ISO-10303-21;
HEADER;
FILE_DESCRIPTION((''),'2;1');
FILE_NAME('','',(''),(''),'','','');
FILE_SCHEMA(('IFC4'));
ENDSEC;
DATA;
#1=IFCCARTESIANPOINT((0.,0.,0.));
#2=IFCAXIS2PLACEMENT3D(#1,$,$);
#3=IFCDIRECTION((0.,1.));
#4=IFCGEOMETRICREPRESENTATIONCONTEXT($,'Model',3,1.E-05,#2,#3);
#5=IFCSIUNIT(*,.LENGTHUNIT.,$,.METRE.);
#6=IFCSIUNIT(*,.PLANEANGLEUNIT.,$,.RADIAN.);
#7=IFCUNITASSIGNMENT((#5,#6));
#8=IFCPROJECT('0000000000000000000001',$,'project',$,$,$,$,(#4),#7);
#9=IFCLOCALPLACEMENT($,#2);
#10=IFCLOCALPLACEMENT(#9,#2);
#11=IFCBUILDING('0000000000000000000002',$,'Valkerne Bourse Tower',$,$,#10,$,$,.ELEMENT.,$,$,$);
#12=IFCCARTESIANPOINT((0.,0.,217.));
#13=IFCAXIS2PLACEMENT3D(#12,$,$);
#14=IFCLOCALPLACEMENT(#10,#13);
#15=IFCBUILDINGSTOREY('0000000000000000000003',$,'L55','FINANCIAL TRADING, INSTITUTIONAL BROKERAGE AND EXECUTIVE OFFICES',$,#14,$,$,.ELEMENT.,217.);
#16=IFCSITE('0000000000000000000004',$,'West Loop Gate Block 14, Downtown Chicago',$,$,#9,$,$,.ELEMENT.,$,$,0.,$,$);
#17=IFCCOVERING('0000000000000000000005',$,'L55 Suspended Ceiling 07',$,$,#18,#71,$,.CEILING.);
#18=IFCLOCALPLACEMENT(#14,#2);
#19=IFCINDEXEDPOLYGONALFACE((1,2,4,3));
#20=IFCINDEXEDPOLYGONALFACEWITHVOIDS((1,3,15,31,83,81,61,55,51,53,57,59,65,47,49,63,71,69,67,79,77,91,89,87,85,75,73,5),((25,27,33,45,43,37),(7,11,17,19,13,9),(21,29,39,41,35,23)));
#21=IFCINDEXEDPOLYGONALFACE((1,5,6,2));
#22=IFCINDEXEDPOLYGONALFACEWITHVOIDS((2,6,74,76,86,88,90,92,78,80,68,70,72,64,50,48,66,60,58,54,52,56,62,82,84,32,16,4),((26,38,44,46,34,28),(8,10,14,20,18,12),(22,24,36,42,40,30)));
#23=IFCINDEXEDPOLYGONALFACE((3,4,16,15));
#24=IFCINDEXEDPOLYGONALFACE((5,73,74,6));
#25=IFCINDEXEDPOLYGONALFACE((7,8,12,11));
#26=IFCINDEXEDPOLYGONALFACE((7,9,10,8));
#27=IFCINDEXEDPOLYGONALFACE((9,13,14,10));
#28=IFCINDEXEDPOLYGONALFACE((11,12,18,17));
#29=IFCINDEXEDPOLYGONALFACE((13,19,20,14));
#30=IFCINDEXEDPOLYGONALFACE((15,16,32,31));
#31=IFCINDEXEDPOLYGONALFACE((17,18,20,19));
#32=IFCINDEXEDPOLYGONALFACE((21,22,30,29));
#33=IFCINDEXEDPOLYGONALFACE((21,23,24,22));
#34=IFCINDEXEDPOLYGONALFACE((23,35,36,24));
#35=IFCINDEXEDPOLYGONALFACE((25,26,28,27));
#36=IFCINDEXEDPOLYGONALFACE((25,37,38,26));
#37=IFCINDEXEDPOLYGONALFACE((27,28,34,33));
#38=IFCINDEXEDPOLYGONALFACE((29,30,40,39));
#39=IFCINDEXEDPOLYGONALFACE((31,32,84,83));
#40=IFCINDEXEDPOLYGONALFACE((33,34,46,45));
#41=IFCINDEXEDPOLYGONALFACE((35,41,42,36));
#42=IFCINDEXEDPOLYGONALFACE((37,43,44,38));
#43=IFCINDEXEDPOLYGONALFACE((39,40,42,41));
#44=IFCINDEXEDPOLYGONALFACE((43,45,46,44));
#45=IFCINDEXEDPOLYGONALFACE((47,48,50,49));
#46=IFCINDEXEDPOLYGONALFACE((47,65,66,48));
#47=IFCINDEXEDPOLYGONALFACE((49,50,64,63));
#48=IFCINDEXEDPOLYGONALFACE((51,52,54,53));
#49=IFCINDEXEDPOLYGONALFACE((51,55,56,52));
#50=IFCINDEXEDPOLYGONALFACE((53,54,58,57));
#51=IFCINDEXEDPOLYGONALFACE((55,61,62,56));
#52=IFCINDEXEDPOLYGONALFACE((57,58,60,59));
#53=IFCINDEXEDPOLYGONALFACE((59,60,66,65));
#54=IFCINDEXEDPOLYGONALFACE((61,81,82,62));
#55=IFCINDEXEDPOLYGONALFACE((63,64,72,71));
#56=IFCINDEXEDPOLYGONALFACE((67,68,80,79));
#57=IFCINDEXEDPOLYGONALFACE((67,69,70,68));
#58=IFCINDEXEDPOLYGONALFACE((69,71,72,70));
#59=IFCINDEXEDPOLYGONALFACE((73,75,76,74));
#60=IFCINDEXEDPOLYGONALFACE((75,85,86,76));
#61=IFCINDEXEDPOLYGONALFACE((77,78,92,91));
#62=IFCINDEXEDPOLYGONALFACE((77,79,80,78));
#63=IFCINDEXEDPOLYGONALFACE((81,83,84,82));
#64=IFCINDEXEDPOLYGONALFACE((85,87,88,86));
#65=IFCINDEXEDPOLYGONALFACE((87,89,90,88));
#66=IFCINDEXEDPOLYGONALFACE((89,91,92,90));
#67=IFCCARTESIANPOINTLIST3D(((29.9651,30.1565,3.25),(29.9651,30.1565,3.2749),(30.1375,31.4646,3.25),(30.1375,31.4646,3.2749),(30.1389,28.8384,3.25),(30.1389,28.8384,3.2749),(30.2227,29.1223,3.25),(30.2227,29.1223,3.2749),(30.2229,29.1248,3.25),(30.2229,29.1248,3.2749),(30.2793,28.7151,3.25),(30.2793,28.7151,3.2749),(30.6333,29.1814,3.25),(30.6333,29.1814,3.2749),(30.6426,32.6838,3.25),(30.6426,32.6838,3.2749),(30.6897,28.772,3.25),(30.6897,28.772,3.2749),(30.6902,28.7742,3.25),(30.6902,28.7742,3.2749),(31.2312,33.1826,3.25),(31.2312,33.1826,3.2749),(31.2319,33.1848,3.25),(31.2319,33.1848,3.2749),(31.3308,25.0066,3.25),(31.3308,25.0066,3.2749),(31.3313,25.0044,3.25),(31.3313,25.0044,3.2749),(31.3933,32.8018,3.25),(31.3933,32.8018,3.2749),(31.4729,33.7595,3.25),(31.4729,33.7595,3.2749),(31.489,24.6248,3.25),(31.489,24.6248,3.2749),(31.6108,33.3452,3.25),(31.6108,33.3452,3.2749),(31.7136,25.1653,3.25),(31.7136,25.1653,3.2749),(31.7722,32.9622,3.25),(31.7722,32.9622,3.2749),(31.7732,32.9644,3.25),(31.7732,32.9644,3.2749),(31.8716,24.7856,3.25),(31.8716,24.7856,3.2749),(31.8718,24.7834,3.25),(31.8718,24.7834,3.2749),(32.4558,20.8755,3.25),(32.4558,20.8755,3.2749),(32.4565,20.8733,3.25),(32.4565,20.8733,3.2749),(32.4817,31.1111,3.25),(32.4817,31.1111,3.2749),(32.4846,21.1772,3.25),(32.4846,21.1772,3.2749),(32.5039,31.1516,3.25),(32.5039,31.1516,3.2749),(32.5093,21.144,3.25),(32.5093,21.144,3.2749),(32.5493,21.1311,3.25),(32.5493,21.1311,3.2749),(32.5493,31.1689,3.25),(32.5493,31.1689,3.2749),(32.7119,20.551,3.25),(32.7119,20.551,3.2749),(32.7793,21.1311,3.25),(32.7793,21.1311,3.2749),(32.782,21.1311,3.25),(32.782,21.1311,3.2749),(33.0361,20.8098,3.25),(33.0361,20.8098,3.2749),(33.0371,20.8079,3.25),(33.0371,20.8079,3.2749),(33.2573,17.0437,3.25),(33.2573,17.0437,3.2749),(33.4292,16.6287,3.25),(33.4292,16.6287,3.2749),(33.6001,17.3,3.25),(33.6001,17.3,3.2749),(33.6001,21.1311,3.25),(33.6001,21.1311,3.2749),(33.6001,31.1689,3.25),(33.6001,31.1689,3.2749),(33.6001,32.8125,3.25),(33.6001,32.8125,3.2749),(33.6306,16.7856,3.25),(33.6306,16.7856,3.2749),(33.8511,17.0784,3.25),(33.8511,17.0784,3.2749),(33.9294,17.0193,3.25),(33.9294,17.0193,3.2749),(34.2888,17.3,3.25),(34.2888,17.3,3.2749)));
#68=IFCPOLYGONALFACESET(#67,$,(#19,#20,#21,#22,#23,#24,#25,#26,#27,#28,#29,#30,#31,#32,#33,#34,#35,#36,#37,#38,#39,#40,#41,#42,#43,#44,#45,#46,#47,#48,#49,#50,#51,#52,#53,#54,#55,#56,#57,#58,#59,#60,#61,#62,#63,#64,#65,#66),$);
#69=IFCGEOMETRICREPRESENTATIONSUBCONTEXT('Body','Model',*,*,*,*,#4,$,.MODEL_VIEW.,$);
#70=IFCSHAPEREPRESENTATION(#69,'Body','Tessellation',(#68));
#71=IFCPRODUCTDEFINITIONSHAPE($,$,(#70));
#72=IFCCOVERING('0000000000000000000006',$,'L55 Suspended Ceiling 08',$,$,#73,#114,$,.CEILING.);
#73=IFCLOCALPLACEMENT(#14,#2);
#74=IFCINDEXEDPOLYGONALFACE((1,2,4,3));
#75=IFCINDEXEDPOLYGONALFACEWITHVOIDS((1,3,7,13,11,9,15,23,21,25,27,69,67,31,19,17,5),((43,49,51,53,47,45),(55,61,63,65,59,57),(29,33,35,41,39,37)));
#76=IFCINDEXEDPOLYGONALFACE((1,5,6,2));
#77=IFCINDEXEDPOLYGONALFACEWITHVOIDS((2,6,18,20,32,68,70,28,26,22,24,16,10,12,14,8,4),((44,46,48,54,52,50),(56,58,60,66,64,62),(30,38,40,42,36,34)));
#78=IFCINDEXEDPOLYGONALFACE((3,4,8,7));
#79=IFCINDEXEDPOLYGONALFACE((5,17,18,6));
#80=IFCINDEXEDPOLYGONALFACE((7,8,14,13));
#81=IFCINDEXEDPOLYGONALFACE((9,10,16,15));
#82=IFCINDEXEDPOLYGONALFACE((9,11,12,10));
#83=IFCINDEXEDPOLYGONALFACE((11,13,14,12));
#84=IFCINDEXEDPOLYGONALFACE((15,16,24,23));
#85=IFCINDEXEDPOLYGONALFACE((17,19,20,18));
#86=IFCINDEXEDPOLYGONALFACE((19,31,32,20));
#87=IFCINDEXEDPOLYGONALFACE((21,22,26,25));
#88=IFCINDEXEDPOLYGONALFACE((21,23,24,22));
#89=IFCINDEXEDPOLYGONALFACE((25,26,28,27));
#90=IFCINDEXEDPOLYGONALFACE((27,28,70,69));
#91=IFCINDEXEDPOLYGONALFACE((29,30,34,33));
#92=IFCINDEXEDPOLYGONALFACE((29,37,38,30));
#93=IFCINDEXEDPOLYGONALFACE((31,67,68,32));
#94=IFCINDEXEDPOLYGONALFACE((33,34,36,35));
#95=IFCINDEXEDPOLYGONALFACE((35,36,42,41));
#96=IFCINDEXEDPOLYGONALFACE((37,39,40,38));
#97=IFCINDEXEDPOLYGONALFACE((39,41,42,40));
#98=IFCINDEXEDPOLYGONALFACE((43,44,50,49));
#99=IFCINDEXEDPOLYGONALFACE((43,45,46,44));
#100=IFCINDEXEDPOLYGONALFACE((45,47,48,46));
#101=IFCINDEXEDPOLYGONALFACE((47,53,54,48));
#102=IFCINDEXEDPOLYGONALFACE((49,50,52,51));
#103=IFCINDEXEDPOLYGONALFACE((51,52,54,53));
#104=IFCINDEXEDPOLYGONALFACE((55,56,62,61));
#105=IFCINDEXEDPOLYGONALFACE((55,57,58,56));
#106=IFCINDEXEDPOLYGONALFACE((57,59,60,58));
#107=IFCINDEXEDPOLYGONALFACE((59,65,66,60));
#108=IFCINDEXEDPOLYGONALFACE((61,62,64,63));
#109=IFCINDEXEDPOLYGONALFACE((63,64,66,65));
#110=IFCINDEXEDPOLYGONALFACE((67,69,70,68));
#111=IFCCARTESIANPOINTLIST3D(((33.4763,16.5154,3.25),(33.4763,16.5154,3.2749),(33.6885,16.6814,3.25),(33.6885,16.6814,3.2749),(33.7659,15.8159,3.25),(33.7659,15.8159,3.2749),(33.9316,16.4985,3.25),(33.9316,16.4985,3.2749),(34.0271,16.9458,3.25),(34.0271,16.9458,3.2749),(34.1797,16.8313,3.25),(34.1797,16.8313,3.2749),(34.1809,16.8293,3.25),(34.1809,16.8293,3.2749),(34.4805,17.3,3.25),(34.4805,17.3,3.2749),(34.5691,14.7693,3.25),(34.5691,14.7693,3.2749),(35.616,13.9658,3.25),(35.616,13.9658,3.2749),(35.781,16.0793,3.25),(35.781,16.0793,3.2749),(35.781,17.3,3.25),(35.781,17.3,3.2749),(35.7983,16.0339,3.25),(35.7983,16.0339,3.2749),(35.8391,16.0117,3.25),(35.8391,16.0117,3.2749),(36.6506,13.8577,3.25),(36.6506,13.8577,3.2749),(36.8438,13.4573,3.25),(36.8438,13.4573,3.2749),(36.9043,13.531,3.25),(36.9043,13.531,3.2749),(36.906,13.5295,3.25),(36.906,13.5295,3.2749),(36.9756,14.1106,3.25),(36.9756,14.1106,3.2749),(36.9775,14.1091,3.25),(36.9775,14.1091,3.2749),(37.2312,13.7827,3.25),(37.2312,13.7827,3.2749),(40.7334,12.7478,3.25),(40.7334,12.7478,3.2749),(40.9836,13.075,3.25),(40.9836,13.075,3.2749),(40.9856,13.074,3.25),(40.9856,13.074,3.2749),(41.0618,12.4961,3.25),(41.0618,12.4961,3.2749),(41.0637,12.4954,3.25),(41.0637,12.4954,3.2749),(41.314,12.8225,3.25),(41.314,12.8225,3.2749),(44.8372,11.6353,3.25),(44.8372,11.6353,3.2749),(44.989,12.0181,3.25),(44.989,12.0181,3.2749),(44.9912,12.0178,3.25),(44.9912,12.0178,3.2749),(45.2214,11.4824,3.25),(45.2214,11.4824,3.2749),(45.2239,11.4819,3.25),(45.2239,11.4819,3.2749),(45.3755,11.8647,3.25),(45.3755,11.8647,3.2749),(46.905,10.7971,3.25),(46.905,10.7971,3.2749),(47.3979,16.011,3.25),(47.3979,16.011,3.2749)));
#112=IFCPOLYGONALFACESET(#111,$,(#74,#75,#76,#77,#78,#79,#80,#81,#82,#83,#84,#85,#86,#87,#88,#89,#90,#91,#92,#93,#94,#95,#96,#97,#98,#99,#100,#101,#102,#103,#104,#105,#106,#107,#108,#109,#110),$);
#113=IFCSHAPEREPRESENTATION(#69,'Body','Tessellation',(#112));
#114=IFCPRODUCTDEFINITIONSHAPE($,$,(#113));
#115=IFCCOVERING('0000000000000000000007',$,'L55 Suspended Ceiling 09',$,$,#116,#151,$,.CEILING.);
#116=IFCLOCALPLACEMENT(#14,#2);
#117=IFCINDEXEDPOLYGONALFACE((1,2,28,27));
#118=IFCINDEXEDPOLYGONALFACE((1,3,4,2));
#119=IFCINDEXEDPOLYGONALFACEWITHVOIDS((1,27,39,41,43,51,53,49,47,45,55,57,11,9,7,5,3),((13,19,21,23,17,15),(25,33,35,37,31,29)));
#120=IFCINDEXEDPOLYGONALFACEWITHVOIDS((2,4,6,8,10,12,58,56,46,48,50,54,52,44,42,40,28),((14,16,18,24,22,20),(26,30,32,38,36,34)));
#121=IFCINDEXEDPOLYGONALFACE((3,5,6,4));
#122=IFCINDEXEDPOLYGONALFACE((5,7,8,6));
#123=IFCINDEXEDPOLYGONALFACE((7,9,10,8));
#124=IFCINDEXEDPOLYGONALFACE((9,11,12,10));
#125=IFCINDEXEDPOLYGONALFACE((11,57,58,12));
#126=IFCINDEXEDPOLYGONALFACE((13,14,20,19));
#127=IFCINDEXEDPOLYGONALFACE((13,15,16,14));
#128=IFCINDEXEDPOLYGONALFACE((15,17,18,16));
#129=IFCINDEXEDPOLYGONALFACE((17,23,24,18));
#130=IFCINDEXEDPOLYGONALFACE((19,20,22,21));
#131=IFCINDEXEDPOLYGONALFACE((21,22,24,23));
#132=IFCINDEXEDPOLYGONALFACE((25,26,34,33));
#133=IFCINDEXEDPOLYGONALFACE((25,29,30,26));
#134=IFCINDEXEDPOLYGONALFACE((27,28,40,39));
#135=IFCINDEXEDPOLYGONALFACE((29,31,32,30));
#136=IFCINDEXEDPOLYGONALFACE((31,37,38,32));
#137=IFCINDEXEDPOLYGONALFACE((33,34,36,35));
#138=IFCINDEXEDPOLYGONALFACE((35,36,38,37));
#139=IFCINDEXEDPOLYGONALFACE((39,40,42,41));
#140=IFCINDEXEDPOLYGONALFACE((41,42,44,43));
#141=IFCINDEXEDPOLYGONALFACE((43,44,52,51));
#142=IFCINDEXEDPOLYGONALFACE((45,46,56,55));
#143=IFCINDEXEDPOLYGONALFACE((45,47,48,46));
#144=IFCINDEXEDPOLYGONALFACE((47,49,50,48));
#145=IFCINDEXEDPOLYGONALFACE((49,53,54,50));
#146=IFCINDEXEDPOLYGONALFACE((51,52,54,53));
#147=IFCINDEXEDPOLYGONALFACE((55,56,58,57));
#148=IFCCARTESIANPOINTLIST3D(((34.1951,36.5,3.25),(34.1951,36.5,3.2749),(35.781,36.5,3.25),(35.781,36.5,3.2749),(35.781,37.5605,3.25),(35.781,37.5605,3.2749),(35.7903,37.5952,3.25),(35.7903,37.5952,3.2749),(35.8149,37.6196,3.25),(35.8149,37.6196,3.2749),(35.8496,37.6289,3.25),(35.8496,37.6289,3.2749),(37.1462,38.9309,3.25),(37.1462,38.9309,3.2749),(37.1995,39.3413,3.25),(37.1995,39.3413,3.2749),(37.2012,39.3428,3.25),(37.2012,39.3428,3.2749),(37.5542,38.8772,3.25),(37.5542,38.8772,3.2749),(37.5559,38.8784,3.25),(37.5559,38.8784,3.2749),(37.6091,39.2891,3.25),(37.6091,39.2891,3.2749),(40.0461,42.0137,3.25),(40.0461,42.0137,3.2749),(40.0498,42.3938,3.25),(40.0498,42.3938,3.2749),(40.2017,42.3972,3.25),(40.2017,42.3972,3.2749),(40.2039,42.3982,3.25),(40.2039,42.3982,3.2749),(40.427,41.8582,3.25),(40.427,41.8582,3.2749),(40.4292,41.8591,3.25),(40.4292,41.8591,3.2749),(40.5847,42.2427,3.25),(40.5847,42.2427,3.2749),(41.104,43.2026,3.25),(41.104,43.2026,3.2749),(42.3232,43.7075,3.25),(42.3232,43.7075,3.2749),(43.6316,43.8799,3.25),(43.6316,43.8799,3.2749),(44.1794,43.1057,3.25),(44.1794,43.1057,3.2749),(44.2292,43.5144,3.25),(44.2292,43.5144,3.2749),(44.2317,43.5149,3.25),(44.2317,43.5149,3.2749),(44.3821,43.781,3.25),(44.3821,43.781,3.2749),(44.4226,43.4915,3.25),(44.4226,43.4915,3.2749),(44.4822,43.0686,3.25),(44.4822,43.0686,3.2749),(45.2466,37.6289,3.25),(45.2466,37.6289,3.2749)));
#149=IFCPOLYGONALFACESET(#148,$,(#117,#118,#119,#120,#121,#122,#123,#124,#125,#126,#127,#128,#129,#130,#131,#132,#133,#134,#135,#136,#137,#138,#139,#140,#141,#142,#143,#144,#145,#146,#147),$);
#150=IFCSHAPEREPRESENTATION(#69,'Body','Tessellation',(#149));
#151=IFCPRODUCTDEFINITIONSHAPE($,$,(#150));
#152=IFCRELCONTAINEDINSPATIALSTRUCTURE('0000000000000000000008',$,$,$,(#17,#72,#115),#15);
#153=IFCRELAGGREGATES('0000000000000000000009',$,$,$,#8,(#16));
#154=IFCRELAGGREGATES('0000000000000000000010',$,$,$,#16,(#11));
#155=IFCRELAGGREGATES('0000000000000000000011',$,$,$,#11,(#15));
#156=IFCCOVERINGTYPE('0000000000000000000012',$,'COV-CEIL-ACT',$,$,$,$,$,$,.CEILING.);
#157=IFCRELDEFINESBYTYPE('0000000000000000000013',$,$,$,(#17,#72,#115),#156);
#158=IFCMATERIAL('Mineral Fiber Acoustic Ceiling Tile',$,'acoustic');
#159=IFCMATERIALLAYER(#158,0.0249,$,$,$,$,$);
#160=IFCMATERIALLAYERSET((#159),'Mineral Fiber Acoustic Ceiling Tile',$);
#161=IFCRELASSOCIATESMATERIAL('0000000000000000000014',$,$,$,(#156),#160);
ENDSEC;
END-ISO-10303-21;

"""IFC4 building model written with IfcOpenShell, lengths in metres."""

from ifc_helpers import new_model, si_unit, direction, frame, origin, place, context, subcontext, project, spatial, polyline, outline, extrude, material, layer, layer_set, type_object, element, save


model = new_model("IFC4")

# Units and contexts
model_context = context("Model", 3, precision=1e-05, world=origin(), true_north=direction((0.0, 1.0)))
body_context = subcontext(model_context, "Body", "Model", "MODEL_VIEW")
ifc_project = project(units=[si_unit("LENGTHUNIT", "METRE"), si_unit("PLANEANGLEUNIT", "RADIAN")], contexts=[model_context])

# Site, building, storey
site_placement = place(None, origin())
site = spatial("IfcSite", under=ifc_project, at=site_placement, Name="West Loop Gate Block 14, Downtown Chicago", CompositionType="ELEMENT", RefElevation=0.0)
building_placement = place(site_placement, origin())
building = spatial("IfcBuilding", under=site, at=building_placement, Name="Valkerne Bourse Tower", CompositionType="ELEMENT")
storey_placement = place(building_placement, frame((0.0, 0.0, 217.0)))
storey = spatial("IfcBuildingStorey", under=building, at=storey_placement, Name="L55", Description="FINANCIAL TRADING, INSTITUTIONAL BROKERAGE AND EXECUTIVE OFFICES", CompositionType="ELEMENT", Elevation=217.0)

# Coverings
ifc_material_1 = material(Name="Mineral Fiber Acoustic Ceiling Tile", Category="acoustic")
ifc_layer_1 = layer(ifc_material_1, 0.0249)
ifc_layer_set_1 = layer_set([ifc_layer_1], Name="Mineral Fiber Acoustic Ceiling Tile")
covering_type_1 = type_object("IfcCoveringType", Name="COV-CEIL-ACT", PredefinedType="CEILING", material=ifc_layer_set_1)
covering_1_placement = place(storey_placement, frame((0.0, 0.0, 3.25)))
element("IfcCovering", 1, at=covering_1_placement, inside=storey, type_object=covering_type_1, Name="L55 Suspended Ceiling 07", PredefinedType="CEILING", context=body_context, shape_type="SweptSolid", body=[
    extrude(outline(polyline([(29.9651, 30.1565), (30.1375, 31.4646), (30.6426, 32.6838), (31.4729, 33.7595), (33.6001, 32.8125), (33.6001, 31.1689), (32.5493, 31.1689), (32.5039, 31.1516), (32.4817, 31.1111), (32.4846, 21.1772), (32.5093, 21.144), (32.5493, 21.1311), (32.7793, 21.1311), (32.4558, 20.8755), (32.4565, 20.8733), (32.7119, 20.551), (33.0371, 20.8079), (33.0361, 20.8098), (32.782, 21.1311), (33.6001, 21.1311), (33.6001, 17.3), (34.2888, 17.3), (33.9294, 17.0193), (33.8511, 17.0784), (33.6306, 16.7856), (33.4292, 16.6287), (33.2573, 17.0437), (30.1389, 28.8384), (29.9651, 30.1565)]), holes=[polyline([(31.8716, 24.7856), (31.7136, 25.1653), (31.3308, 25.0066), (31.3313, 25.0044), (31.489, 24.6248), (31.8718, 24.7834), (31.8716, 24.7856)]), polyline([(30.6902, 28.7742), (30.6333, 29.1814), (30.2229, 29.1248), (30.2227, 29.1223), (30.2793, 28.7151), (30.6897, 28.772), (30.6902, 28.7742)]), polyline([(31.7732, 32.9644), (31.6108, 33.3452), (31.2319, 33.1848), (31.2312, 33.1826), (31.3933, 32.8018), (31.7722, 32.9622), (31.7732, 32.9644)])]), origin(), (0.0, 0.0, 1.0), 0.0249),
])
covering_2_placement = place(storey_placement, frame((0.0, 0.0, 3.25)))
element("IfcCovering", 2, at=covering_2_placement, inside=storey, type_object=covering_type_1, Name="L55 Suspended Ceiling 08", PredefinedType="CEILING", context=body_context, shape_type="SweptSolid", body=[
    extrude(outline(polyline([(34.5691, 14.7693), (33.7659, 15.8159), (33.4763, 16.5154), (33.6885, 16.6814), (33.9316, 16.4985), (34.1809, 16.8293), (34.1797, 16.8313), (34.0271, 16.9458), (34.4805, 17.3), (35.781, 17.3), (35.781, 16.0793), (35.7983, 16.0339), (35.8391, 16.0117), (47.3979, 16.011), (46.905, 10.7971), (36.8438, 13.4573), (35.616, 13.9658), (34.5691, 14.7693)]), holes=[polyline([(44.9912, 12.0178), (44.989, 12.0181), (44.8372, 11.6353), (45.2214, 11.4824), (45.2239, 11.4819), (45.3755, 11.8647), (44.9912, 12.0178)]), polyline([(40.9856, 13.074), (40.9836, 13.075), (40.7334, 12.7478), (41.0618, 12.4961), (41.0637, 12.4954), (41.314, 12.8225), (40.9856, 13.074)]), polyline([(36.9775, 14.1091), (36.9756, 14.1106), (36.6506, 13.8577), (36.9043, 13.531), (36.906, 13.5295), (37.2312, 13.7827), (36.9775, 14.1091)])]), origin(), (0.0, 0.0, 1.0), 0.0249),
])
covering_3_placement = place(storey_placement, frame((0.0, 0.0, 3.25)))
element("IfcCovering", 3, at=covering_3_placement, inside=storey, type_object=covering_type_1, Name="L55 Suspended Ceiling 09", PredefinedType="CEILING", context=body_context, shape_type="SweptSolid", body=[
    extrude(outline(polyline([(42.3232, 43.7075), (43.6316, 43.8799), (44.3821, 43.781), (44.4226, 43.4915), (44.2317, 43.5149), (44.2292, 43.5144), (44.1794, 43.1057), (44.4822, 43.0686), (45.2466, 37.6289), (35.8496, 37.6289), (35.8149, 37.6196), (35.7903, 37.5952), (35.781, 37.5605), (35.781, 36.5), (34.1951, 36.5), (40.0498, 42.3938), (41.104, 43.2026), (42.3232, 43.7075)]), holes=[polyline([(37.5559, 38.8784), (37.6091, 39.2891), (37.2012, 39.3428), (37.1995, 39.3413), (37.1462, 38.9309), (37.5542, 38.8772), (37.5559, 38.8784)]), polyline([(40.4292, 41.8591), (40.5847, 42.2427), (40.2039, 42.3982), (40.2017, 42.3972), (40.0461, 42.0137), (40.427, 41.8582), (40.4292, 41.8591)])]), origin(), (0.0, 0.0, 1.0), 0.0249),
])

save(model, "model.ifc")
